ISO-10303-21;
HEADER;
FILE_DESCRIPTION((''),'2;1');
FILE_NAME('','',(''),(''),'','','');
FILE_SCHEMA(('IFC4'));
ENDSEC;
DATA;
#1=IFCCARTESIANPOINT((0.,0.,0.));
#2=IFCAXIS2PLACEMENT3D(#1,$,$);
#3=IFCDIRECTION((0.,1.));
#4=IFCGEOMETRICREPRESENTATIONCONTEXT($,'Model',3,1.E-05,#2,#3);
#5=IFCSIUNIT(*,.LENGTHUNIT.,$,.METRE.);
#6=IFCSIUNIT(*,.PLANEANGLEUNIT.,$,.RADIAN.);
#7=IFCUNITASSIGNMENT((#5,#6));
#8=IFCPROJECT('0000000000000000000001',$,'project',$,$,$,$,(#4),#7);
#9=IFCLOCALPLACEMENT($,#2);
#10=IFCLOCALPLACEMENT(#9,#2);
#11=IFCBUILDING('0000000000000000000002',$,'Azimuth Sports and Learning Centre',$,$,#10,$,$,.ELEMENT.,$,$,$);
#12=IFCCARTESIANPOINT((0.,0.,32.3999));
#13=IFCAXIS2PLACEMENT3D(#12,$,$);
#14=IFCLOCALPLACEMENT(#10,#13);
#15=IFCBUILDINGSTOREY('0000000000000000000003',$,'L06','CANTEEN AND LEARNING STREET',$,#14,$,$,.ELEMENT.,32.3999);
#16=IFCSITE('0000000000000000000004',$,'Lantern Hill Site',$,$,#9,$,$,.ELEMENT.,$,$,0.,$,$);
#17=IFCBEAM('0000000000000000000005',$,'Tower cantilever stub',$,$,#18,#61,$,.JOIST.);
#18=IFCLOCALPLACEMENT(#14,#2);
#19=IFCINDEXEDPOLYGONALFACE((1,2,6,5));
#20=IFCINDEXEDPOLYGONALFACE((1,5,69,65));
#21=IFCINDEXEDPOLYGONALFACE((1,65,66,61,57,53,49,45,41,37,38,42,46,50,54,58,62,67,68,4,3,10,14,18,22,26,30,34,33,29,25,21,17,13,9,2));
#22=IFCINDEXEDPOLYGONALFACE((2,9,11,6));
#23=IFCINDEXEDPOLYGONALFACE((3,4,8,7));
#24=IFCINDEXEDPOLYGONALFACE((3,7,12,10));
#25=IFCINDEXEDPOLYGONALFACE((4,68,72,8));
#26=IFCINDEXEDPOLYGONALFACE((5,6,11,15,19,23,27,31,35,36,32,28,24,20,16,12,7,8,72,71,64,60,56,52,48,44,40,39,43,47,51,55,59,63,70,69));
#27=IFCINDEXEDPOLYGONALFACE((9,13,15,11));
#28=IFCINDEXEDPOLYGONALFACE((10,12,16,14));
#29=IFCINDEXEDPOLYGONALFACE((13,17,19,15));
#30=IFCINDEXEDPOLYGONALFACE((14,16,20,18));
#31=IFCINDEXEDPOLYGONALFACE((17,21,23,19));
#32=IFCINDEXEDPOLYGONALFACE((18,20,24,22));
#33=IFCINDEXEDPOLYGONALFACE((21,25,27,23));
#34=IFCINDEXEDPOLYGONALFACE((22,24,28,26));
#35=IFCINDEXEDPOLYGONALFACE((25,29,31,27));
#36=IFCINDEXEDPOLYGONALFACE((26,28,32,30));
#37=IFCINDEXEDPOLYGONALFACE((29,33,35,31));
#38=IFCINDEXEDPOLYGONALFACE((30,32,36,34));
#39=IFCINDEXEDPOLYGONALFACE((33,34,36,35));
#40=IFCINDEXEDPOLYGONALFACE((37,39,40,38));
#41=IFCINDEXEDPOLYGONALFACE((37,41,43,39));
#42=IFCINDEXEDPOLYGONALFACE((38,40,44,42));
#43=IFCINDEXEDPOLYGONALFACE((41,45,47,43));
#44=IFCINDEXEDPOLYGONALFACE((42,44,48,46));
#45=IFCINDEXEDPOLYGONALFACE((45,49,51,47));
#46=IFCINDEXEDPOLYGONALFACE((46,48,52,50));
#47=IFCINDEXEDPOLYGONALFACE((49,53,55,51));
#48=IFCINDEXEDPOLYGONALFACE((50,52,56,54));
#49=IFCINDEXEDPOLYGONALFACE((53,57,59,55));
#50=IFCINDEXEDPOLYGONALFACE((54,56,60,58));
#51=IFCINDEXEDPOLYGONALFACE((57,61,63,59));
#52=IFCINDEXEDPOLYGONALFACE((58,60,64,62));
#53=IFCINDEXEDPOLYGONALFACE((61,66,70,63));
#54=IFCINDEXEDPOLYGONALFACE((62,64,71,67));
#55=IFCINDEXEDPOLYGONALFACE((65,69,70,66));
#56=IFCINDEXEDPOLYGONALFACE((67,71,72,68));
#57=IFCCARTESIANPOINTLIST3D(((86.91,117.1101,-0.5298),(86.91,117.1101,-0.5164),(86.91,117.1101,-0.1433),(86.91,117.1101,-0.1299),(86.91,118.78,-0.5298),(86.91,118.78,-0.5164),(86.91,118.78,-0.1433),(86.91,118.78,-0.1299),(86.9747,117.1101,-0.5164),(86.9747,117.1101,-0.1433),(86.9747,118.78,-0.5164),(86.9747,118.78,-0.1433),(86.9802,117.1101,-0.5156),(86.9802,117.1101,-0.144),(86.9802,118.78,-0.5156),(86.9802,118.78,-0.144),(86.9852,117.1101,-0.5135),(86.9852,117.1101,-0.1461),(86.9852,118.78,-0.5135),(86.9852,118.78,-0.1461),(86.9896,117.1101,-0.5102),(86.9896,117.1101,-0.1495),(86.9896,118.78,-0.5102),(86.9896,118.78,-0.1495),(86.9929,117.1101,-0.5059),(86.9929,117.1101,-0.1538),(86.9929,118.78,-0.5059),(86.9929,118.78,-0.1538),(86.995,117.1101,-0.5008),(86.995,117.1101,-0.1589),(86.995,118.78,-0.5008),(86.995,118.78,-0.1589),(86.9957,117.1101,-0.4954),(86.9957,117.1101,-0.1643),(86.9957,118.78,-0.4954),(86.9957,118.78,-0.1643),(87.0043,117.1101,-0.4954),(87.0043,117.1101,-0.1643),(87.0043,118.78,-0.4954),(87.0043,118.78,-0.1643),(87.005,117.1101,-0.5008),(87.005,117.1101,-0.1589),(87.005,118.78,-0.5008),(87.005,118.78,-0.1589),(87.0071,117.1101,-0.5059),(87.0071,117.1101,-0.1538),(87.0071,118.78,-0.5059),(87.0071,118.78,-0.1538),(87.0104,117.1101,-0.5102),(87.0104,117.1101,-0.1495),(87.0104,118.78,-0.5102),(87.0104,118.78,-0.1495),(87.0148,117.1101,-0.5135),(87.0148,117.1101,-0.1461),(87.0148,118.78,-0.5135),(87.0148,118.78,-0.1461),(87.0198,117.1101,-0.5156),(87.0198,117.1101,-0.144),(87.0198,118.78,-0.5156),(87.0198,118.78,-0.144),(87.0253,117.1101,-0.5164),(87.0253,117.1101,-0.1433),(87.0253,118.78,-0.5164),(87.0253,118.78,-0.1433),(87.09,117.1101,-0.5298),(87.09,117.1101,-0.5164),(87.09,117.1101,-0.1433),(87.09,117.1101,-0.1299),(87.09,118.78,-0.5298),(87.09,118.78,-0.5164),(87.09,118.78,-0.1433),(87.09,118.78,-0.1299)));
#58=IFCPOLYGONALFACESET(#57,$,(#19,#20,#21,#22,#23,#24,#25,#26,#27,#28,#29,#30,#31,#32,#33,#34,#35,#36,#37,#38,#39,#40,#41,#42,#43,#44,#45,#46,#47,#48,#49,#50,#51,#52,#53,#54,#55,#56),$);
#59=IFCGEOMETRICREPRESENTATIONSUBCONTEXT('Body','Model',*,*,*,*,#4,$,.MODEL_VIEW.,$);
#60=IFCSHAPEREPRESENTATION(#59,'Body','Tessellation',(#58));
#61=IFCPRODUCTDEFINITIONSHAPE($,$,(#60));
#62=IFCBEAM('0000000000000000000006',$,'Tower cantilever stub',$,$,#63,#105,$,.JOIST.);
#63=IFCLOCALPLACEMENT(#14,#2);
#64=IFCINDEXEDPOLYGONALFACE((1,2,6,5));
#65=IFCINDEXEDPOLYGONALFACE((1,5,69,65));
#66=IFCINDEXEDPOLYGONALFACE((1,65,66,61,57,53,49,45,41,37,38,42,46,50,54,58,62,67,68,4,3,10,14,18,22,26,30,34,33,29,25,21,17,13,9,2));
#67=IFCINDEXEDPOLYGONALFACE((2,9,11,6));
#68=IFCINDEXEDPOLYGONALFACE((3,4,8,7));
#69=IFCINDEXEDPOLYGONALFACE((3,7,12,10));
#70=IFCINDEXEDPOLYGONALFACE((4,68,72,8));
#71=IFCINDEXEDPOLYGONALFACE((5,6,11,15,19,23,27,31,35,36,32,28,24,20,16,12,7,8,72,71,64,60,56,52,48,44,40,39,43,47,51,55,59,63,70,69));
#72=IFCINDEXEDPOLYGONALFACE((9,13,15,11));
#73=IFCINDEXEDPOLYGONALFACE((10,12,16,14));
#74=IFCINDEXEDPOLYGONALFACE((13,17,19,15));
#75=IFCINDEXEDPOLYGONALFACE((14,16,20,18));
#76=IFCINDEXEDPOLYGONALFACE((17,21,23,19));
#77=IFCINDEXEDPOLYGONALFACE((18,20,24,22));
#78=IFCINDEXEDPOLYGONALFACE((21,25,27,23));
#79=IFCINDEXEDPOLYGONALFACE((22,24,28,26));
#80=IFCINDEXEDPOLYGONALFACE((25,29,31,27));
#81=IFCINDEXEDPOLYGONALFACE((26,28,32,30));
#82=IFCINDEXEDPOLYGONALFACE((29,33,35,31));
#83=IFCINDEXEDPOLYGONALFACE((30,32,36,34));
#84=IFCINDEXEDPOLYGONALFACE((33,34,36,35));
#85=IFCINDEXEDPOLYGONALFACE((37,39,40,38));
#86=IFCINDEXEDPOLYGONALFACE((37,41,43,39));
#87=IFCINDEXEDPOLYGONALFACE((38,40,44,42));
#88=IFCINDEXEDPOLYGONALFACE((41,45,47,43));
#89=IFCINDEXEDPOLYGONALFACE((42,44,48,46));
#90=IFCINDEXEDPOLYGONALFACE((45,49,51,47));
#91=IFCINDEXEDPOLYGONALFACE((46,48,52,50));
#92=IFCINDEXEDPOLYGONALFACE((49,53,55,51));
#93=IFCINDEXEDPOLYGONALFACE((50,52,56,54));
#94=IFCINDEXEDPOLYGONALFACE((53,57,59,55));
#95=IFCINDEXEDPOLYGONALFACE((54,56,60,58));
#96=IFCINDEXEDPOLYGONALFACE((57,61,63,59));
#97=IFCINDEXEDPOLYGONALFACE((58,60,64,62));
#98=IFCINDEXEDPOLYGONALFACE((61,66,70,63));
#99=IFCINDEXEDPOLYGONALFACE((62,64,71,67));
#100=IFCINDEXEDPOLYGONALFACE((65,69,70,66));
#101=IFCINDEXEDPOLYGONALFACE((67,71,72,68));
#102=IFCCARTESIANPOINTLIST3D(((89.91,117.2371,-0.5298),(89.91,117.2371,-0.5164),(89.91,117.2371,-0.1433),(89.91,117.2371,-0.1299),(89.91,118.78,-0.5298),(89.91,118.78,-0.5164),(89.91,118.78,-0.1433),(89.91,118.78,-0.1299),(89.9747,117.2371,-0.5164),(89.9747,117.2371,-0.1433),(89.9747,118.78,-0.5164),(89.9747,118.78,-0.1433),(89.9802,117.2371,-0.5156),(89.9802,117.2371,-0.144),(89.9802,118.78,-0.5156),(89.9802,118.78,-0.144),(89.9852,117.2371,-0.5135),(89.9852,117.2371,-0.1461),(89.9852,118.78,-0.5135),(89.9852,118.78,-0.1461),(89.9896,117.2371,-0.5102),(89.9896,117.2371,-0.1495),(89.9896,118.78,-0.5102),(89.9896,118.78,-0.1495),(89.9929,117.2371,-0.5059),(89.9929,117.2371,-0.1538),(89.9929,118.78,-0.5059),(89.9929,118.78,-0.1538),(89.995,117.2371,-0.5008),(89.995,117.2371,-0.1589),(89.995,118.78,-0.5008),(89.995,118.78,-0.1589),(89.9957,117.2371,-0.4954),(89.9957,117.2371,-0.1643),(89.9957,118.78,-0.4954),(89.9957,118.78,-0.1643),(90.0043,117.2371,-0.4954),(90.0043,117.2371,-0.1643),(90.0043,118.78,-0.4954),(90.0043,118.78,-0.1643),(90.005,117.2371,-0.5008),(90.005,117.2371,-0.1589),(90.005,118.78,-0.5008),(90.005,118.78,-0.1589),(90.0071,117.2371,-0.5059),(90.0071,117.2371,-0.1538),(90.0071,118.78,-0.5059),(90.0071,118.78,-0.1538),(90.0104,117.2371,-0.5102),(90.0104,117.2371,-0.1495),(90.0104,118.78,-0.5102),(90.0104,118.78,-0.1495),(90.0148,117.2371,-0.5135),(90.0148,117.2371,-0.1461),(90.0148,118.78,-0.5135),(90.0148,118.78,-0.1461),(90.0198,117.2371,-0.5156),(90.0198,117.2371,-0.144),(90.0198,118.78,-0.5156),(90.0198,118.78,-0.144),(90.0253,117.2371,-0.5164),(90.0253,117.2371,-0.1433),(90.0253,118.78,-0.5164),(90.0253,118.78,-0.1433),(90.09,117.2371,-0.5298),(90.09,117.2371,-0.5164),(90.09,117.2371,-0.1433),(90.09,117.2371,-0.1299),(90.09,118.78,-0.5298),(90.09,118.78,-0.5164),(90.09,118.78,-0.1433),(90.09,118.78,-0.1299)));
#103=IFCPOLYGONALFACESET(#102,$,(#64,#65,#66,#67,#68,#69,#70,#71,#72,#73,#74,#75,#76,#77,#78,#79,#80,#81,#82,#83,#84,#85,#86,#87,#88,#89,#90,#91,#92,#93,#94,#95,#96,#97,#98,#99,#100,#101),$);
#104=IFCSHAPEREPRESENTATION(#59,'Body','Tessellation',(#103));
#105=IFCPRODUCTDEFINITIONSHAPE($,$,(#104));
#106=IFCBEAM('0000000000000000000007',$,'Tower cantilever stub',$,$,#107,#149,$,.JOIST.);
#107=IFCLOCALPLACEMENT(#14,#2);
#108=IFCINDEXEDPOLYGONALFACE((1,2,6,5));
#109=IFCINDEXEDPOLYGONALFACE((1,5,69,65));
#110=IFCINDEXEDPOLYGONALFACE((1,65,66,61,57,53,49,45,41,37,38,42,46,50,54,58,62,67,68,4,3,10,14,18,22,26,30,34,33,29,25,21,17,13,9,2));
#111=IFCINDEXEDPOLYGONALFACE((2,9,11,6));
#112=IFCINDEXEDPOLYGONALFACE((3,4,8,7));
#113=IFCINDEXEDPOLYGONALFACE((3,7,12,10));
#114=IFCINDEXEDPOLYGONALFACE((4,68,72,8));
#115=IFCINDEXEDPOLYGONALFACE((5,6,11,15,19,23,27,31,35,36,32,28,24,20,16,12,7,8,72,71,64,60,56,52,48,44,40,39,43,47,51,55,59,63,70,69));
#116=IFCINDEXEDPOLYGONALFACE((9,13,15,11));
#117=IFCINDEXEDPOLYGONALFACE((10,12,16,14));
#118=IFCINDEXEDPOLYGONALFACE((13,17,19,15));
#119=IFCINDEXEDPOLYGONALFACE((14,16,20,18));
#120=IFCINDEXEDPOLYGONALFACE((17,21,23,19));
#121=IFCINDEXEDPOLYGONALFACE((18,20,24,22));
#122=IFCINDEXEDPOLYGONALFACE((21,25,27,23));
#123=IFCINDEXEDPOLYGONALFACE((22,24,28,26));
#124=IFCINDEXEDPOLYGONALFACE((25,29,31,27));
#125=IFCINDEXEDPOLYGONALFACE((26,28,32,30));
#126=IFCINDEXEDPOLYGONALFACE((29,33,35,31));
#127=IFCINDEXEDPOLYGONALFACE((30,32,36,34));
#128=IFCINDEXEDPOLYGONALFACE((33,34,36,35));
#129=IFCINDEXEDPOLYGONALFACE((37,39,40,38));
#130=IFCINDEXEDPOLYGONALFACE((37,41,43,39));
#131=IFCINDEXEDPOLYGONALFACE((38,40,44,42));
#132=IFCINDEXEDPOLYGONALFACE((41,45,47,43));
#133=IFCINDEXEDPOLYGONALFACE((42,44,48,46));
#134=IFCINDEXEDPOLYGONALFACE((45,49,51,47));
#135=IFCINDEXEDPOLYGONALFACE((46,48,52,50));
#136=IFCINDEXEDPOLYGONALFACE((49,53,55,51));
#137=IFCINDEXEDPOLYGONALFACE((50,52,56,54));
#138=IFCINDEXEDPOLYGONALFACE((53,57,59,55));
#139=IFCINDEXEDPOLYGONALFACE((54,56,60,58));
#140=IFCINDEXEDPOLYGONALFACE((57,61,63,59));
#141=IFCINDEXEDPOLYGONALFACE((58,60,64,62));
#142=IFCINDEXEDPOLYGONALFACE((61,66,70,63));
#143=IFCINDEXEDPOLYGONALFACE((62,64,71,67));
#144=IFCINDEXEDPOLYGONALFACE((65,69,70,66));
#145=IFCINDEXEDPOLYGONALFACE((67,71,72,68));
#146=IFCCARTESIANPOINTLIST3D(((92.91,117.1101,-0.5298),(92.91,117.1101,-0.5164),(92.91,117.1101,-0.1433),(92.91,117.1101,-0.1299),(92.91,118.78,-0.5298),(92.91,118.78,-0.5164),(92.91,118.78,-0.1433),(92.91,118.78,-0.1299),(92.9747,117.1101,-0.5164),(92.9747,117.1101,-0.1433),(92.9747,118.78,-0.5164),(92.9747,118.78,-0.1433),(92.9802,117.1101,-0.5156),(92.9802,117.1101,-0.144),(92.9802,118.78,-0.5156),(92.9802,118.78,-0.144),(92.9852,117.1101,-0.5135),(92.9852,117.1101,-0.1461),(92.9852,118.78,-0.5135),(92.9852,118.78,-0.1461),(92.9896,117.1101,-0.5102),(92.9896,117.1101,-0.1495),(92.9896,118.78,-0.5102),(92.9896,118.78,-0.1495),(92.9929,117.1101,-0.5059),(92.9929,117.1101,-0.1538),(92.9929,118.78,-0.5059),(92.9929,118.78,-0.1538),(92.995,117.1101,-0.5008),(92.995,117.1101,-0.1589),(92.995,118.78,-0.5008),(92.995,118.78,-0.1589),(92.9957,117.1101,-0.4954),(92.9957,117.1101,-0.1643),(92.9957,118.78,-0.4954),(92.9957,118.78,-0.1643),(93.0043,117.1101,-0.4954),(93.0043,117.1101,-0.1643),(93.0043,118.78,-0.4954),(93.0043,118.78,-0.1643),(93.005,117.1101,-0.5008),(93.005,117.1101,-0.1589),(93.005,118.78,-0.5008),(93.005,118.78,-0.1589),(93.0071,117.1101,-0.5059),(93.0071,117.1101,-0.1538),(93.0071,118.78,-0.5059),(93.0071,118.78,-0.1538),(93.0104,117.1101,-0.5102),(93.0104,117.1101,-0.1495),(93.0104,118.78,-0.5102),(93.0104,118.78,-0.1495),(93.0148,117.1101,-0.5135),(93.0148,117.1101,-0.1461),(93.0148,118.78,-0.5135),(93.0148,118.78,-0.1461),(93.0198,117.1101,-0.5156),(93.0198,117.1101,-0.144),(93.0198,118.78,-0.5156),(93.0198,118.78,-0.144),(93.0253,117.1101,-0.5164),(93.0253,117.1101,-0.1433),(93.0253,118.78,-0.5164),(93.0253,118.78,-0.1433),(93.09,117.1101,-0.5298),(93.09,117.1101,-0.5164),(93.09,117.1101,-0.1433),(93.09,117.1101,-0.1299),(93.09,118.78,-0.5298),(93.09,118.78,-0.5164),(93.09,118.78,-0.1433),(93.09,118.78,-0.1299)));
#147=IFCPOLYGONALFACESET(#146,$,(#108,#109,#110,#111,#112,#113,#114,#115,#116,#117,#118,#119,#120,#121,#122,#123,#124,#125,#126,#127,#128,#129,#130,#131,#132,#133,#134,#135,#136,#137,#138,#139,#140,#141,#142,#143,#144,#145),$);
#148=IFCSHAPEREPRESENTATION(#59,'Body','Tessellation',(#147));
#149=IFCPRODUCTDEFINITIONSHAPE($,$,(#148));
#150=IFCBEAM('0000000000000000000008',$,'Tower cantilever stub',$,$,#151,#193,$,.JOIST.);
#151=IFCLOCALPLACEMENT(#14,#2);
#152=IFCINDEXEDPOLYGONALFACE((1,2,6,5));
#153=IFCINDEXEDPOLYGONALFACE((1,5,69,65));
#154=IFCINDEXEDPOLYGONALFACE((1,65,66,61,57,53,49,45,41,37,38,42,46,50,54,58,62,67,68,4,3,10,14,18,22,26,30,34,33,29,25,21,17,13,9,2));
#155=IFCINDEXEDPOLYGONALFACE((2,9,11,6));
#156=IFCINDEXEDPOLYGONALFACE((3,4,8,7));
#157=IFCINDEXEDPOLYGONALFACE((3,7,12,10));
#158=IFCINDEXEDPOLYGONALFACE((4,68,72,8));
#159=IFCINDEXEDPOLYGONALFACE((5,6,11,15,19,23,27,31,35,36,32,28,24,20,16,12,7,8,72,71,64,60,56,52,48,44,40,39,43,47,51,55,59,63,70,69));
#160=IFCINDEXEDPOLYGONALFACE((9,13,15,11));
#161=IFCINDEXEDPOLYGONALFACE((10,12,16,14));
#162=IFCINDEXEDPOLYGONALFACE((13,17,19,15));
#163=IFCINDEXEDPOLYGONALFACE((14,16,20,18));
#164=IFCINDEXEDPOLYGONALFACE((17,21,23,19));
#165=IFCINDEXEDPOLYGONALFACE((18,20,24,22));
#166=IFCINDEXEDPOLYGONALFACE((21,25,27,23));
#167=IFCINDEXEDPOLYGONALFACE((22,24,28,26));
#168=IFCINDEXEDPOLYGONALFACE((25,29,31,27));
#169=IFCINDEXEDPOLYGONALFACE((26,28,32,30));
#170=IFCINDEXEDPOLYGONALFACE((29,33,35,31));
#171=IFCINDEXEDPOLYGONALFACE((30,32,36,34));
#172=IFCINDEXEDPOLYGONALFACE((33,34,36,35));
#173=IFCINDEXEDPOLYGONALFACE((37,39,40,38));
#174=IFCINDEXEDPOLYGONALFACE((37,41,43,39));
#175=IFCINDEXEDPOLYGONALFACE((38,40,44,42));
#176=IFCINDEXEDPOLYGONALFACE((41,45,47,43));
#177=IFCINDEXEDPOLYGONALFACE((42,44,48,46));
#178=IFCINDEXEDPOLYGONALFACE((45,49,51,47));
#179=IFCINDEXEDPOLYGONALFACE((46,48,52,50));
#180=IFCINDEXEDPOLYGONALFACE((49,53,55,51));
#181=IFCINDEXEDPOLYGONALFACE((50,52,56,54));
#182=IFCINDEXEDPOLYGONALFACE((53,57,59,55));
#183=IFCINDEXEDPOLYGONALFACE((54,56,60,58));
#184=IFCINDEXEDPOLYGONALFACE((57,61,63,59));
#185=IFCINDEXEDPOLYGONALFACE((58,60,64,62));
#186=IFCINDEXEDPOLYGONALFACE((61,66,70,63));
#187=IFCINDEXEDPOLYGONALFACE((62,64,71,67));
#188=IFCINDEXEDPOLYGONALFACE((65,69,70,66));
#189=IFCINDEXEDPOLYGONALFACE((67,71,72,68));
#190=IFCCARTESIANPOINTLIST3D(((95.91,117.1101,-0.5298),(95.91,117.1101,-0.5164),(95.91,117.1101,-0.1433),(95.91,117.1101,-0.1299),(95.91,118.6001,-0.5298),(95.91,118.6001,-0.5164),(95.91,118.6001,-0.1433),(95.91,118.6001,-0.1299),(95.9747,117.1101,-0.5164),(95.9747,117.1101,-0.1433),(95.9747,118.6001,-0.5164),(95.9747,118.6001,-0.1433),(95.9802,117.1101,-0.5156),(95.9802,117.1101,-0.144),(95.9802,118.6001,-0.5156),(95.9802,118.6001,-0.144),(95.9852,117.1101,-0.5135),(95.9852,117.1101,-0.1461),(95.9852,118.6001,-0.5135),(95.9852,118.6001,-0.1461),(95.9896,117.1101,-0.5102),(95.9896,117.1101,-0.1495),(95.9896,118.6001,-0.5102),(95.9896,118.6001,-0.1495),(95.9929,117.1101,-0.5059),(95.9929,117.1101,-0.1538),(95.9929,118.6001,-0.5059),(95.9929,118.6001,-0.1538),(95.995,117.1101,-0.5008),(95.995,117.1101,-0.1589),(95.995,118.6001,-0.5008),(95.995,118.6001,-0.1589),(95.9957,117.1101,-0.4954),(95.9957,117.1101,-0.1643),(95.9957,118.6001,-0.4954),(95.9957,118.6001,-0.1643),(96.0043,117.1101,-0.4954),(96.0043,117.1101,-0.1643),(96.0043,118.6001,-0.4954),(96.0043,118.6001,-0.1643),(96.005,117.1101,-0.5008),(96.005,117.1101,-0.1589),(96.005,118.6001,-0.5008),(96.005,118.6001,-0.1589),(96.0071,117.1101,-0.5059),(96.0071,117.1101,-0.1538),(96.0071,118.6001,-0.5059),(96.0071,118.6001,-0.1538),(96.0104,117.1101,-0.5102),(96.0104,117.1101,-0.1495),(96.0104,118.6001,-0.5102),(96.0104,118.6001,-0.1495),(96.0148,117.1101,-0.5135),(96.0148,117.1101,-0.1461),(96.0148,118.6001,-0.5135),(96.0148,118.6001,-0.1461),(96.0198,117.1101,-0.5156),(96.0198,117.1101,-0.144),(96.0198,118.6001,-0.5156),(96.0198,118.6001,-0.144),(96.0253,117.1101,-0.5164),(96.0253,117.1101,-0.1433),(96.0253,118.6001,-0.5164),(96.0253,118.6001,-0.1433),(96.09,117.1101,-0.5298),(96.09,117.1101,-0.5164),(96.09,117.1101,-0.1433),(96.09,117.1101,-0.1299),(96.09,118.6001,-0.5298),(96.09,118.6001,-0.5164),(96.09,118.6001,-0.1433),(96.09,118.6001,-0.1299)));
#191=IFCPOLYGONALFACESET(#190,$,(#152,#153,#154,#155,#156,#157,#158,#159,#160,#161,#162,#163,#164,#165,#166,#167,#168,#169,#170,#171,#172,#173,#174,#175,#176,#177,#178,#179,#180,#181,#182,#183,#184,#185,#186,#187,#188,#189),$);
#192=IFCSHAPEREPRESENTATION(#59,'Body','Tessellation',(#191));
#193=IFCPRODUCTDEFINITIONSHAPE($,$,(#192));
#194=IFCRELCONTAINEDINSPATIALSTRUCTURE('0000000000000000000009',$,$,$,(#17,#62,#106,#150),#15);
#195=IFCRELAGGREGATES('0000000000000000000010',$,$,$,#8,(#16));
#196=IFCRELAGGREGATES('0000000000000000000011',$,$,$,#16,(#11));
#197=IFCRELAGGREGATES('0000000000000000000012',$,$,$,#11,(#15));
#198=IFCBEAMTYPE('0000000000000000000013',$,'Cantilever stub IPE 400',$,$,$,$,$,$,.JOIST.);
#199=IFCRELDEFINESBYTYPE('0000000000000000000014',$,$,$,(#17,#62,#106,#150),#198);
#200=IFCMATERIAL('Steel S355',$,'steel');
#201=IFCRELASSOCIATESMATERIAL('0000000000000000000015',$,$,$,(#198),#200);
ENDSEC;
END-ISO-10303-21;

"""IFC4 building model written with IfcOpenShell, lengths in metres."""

from ifc_helpers import new_model, si_unit, direction, frame, origin, origin_2d, place, context, subcontext, project, spatial, i_section, extrude, material, material_profile, profile_set, type_object, element, save


model = new_model("IFC4")

# Units and contexts
model_context = context("Model", 3, precision=1e-05, world=origin(), true_north=direction((0.0, 1.0)))
body_context = subcontext(model_context, "Body", "Model", "MODEL_VIEW")
ifc_project = project(units=[si_unit("LENGTHUNIT", "METRE"), si_unit("PLANEANGLEUNIT", "RADIAN")], contexts=[model_context])

# Site, building, storey
site_placement = place(None, origin())
site = spatial("IfcSite", under=ifc_project, at=site_placement, Name="Lantern Hill Site", CompositionType="ELEMENT", RefElevation=0.0)
building_placement = place(site_placement, origin())
building = spatial("IfcBuilding", under=site, at=building_placement, Name="Azimuth Sports and Learning Centre", CompositionType="ELEMENT")
storey_placement = place(building_placement, frame((0.0, 0.0, 32.3999)))
storey = spatial("IfcBuildingStorey", under=building, at=storey_placement, Name="L06", Description="CANTEEN AND LEARNING STREET", CompositionType="ELEMENT", Elevation=32.3999)

# Beams
ifc_material_1 = material(Name="Steel S355", Category="steel")
ifc_material_profile_1 = material_profile(ifc_material_1, i_section(OverallWidth=0.1799, OverallDepth=0.3999, WebThickness=0.0085, FlangeThickness=0.0134, FilletRadius=0.021, at=origin_2d()), Name="IPE 400")
ifc_profile_set_1 = profile_set([ifc_material_profile_1], Name="Steel S355")
beam_type_1 = type_object("IfcBeamType", Name="Cantilever stub IPE 400", PredefinedType="JOIST", material=ifc_profile_set_1)
beam_1_placement = place(storey_placement, frame((87.0, 117.1101, -0.3298), z_axis=(0.0, 1.0, 0.0), x_axis=(-1.0, 0.0, 0.0)))
element("IfcBeam", 1, at=beam_1_placement, inside=storey, type_object=beam_type_1, Name="Tower cantilever stub", PredefinedType="JOIST", context=body_context, shape_type="SweptSolid", body=[
    extrude(i_section(OverallWidth=0.1799, OverallDepth=0.3999, WebThickness=0.0085, FlangeThickness=0.0134, FilletRadius=0.021, at=origin_2d()), origin(), (0.0, 0.0, 1.0), 1.6699),
])
beam_2_placement = place(storey_placement, frame((90.0, 117.2371, -0.3298), z_axis=(0.0, 1.0, 0.0), x_axis=(-1.0, 0.0, 0.0)))
element("IfcBeam", 2, at=beam_2_placement, inside=storey, type_object=beam_type_1, Name="Tower cantilever stub", PredefinedType="JOIST", context=body_context, shape_type="SweptSolid", body=[
    extrude(i_section(OverallWidth=0.1799, OverallDepth=0.3999, WebThickness=0.0085, FlangeThickness=0.0134, FilletRadius=0.021, at=origin_2d()), origin(), (0.0, 0.0, 1.0), 1.543),
])
beam_3_placement = place(storey_placement, frame((93.0, 117.1101, -0.3298), z_axis=(0.0, 1.0, 0.0), x_axis=(-1.0, 0.0, 0.0)))
element("IfcBeam", 3, at=beam_3_placement, inside=storey, type_object=beam_type_1, Name="Tower cantilever stub", PredefinedType="JOIST", context=body_context, shape_type="SweptSolid", body=[
    extrude(i_section(OverallWidth=0.1799, OverallDepth=0.3999, WebThickness=0.0085, FlangeThickness=0.0134, FilletRadius=0.021, at=origin_2d()), origin(), (0.0, 0.0, 1.0), 1.6699),
])
beam_4_placement = place(storey_placement, frame((96.0, 117.1101, -0.3298), z_axis=(0.0, 1.0, 0.0), x_axis=(-1.0, 0.0, 0.0)))
element("IfcBeam", 4, at=beam_4_placement, inside=storey, type_object=beam_type_1, Name="Tower cantilever stub", PredefinedType="JOIST", context=body_context, shape_type="SweptSolid", body=[
    extrude(i_section(OverallWidth=0.1799, OverallDepth=0.3999, WebThickness=0.0085, FlangeThickness=0.0134, FilletRadius=0.021, at=origin_2d()), origin(), (0.0, 0.0, 1.0), 1.49),
])

save(model, "model.ifc")
